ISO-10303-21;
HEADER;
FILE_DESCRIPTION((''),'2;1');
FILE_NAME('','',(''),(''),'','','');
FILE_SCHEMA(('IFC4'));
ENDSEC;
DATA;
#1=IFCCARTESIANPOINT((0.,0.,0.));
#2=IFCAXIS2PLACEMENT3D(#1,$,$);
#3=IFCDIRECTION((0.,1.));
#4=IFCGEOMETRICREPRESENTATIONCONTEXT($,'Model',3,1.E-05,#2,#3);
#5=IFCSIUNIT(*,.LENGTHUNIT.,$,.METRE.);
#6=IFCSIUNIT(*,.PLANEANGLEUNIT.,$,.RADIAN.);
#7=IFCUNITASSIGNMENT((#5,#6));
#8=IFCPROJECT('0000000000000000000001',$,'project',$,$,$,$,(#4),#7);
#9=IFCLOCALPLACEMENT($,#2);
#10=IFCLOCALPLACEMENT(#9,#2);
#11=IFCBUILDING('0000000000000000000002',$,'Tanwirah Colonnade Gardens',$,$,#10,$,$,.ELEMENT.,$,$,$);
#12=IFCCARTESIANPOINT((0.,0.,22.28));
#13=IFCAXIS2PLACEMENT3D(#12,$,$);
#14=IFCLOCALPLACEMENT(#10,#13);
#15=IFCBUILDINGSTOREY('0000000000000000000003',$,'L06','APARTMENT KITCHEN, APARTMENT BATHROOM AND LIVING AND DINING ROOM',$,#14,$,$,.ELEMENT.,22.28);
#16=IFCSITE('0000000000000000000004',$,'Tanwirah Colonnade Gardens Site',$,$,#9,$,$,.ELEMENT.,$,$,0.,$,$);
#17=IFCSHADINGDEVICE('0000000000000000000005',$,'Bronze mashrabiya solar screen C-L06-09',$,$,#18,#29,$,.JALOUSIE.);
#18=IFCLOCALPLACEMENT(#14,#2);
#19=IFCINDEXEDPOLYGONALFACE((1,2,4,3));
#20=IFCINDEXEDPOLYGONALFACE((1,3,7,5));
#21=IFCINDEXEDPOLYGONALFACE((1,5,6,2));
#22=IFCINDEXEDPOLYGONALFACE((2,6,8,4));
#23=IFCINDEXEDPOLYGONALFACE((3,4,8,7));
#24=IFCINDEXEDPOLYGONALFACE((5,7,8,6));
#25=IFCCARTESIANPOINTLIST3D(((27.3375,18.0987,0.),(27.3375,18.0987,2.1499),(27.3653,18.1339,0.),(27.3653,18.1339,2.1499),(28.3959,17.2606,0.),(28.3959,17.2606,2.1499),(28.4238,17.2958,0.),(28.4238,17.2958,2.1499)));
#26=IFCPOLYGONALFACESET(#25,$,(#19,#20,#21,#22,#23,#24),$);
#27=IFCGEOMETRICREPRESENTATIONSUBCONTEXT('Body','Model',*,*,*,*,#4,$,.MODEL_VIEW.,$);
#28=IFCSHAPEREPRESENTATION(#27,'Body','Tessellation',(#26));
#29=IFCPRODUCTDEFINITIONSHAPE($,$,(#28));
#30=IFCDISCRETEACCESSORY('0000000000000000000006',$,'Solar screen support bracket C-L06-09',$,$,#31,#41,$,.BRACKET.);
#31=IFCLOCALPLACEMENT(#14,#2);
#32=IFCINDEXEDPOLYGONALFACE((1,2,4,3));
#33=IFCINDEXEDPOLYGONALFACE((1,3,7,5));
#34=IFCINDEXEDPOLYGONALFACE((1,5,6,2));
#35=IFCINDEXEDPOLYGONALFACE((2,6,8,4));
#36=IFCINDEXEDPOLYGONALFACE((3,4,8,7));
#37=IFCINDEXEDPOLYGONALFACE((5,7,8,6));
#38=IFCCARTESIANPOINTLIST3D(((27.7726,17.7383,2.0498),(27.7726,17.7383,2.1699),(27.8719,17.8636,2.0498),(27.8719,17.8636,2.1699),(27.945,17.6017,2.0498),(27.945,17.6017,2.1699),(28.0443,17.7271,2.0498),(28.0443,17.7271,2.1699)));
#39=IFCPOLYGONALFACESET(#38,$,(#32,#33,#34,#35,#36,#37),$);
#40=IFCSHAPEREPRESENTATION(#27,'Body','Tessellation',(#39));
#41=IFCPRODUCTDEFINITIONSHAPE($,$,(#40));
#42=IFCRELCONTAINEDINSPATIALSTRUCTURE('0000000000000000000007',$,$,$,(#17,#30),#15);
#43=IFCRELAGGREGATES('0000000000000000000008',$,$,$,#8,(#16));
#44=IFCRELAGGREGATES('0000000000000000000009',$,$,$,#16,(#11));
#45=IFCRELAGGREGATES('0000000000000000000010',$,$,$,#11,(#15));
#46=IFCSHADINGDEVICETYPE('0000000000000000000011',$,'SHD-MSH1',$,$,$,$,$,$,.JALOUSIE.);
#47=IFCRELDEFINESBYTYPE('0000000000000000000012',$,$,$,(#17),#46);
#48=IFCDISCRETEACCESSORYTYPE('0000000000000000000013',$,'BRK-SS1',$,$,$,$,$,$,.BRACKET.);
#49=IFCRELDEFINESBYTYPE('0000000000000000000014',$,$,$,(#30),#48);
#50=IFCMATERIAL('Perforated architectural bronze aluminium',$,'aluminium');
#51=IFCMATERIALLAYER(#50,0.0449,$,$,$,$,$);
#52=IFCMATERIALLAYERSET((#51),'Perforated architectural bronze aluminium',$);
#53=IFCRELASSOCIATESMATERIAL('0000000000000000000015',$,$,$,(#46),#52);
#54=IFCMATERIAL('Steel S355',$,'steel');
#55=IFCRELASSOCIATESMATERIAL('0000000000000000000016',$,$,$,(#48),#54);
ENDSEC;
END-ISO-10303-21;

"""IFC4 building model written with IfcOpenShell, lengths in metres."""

from ifc_helpers import new_model, si_unit, direction, frame, origin, origin_2d, place, context, subcontext, project, spatial, rectangle, extrude, material, layer, layer_set, type_object, element, save


model = new_model("IFC4")

# Units and contexts
model_context = context("Model", 3, precision=1e-05, world=origin(), true_north=direction((0.0, 1.0)))
body_context = subcontext(model_context, "Body", "Model", "MODEL_VIEW")
ifc_project = project(units=[si_unit("LENGTHUNIT", "METRE"), si_unit("PLANEANGLEUNIT", "RADIAN")], contexts=[model_context])

# Site, building, storey
site_placement = place(None, origin())
site = spatial("IfcSite", under=ifc_project, at=site_placement, Name="Tanwirah Colonnade Gardens Site", CompositionType="ELEMENT", RefElevation=0.0)
building_placement = place(site_placement, origin())
building = spatial("IfcBuilding", under=site, at=building_placement, Name="Tanwirah Colonnade Gardens", CompositionType="ELEMENT")
storey_placement = place(building_placement, frame((0.0, 0.0, 22.28)))
storey = spatial("IfcBuildingStorey", under=building, at=storey_placement, Name="L06", Description="APARTMENT KITCHEN, APARTMENT BATHROOM AND LIVING AND DINING ROOM", CompositionType="ELEMENT", Elevation=22.28)

# Shading device
ifc_material_1 = material(Name="Perforated architectural bronze aluminium", Category="aluminium")
ifc_layer_1 = layer(ifc_material_1, 0.0449)
ifc_layer_set_1 = layer_set([ifc_layer_1], Name="Perforated architectural bronze aluminium")
shading_device_type = type_object("IfcShadingDeviceType", Name="SHD-MSH1", PredefinedType="JALOUSIE", material=ifc_layer_set_1)
shading_device_placement = place(storey_placement, frame((27.8806, 17.6973, 0.0), z_axis=(0.0, 0.0, 1.0), x_axis=(0.783965, -0.620805, 0.0)))
element("IfcShadingDevice", 1, at=shading_device_placement, inside=storey, type_object=shading_device_type, Name="Bronze mashrabiya solar screen C-L06-09", PredefinedType="JALOUSIE", context=body_context, shape_type="SweptSolid", body=[
    extrude(rectangle(XDim=1.3501, YDim=0.0449, at=origin_2d()), origin(), (0.0, 0.0, 1.0), 2.1499),
])

# Discrete accessory
ifc_material_2 = material(Name="Steel S355", Category="steel")
discrete_accessory_type = type_object("IfcDiscreteAccessoryType", Name="BRK-SS1", PredefinedType="BRACKET", material=ifc_material_2)
discrete_accessory_placement = place(storey_placement, frame((27.9084, 17.7327, 2.0498), z_axis=(0.0, 0.0, 1.0), x_axis=(0.783965, -0.620805, 0.0)))
element("IfcDiscreteAccessory", 2, at=discrete_accessory_placement, inside=storey, type_object=discrete_accessory_type, Name="Solar screen support bracket C-L06-09", PredefinedType="BRACKET", context=body_context, shape_type="SweptSolid", body=[
    extrude(rectangle(XDim=0.22, YDim=0.1599, at=origin_2d()), origin(), (0.0, 0.0, 1.0), 0.1201),
])

save(model, "model.ifc")
